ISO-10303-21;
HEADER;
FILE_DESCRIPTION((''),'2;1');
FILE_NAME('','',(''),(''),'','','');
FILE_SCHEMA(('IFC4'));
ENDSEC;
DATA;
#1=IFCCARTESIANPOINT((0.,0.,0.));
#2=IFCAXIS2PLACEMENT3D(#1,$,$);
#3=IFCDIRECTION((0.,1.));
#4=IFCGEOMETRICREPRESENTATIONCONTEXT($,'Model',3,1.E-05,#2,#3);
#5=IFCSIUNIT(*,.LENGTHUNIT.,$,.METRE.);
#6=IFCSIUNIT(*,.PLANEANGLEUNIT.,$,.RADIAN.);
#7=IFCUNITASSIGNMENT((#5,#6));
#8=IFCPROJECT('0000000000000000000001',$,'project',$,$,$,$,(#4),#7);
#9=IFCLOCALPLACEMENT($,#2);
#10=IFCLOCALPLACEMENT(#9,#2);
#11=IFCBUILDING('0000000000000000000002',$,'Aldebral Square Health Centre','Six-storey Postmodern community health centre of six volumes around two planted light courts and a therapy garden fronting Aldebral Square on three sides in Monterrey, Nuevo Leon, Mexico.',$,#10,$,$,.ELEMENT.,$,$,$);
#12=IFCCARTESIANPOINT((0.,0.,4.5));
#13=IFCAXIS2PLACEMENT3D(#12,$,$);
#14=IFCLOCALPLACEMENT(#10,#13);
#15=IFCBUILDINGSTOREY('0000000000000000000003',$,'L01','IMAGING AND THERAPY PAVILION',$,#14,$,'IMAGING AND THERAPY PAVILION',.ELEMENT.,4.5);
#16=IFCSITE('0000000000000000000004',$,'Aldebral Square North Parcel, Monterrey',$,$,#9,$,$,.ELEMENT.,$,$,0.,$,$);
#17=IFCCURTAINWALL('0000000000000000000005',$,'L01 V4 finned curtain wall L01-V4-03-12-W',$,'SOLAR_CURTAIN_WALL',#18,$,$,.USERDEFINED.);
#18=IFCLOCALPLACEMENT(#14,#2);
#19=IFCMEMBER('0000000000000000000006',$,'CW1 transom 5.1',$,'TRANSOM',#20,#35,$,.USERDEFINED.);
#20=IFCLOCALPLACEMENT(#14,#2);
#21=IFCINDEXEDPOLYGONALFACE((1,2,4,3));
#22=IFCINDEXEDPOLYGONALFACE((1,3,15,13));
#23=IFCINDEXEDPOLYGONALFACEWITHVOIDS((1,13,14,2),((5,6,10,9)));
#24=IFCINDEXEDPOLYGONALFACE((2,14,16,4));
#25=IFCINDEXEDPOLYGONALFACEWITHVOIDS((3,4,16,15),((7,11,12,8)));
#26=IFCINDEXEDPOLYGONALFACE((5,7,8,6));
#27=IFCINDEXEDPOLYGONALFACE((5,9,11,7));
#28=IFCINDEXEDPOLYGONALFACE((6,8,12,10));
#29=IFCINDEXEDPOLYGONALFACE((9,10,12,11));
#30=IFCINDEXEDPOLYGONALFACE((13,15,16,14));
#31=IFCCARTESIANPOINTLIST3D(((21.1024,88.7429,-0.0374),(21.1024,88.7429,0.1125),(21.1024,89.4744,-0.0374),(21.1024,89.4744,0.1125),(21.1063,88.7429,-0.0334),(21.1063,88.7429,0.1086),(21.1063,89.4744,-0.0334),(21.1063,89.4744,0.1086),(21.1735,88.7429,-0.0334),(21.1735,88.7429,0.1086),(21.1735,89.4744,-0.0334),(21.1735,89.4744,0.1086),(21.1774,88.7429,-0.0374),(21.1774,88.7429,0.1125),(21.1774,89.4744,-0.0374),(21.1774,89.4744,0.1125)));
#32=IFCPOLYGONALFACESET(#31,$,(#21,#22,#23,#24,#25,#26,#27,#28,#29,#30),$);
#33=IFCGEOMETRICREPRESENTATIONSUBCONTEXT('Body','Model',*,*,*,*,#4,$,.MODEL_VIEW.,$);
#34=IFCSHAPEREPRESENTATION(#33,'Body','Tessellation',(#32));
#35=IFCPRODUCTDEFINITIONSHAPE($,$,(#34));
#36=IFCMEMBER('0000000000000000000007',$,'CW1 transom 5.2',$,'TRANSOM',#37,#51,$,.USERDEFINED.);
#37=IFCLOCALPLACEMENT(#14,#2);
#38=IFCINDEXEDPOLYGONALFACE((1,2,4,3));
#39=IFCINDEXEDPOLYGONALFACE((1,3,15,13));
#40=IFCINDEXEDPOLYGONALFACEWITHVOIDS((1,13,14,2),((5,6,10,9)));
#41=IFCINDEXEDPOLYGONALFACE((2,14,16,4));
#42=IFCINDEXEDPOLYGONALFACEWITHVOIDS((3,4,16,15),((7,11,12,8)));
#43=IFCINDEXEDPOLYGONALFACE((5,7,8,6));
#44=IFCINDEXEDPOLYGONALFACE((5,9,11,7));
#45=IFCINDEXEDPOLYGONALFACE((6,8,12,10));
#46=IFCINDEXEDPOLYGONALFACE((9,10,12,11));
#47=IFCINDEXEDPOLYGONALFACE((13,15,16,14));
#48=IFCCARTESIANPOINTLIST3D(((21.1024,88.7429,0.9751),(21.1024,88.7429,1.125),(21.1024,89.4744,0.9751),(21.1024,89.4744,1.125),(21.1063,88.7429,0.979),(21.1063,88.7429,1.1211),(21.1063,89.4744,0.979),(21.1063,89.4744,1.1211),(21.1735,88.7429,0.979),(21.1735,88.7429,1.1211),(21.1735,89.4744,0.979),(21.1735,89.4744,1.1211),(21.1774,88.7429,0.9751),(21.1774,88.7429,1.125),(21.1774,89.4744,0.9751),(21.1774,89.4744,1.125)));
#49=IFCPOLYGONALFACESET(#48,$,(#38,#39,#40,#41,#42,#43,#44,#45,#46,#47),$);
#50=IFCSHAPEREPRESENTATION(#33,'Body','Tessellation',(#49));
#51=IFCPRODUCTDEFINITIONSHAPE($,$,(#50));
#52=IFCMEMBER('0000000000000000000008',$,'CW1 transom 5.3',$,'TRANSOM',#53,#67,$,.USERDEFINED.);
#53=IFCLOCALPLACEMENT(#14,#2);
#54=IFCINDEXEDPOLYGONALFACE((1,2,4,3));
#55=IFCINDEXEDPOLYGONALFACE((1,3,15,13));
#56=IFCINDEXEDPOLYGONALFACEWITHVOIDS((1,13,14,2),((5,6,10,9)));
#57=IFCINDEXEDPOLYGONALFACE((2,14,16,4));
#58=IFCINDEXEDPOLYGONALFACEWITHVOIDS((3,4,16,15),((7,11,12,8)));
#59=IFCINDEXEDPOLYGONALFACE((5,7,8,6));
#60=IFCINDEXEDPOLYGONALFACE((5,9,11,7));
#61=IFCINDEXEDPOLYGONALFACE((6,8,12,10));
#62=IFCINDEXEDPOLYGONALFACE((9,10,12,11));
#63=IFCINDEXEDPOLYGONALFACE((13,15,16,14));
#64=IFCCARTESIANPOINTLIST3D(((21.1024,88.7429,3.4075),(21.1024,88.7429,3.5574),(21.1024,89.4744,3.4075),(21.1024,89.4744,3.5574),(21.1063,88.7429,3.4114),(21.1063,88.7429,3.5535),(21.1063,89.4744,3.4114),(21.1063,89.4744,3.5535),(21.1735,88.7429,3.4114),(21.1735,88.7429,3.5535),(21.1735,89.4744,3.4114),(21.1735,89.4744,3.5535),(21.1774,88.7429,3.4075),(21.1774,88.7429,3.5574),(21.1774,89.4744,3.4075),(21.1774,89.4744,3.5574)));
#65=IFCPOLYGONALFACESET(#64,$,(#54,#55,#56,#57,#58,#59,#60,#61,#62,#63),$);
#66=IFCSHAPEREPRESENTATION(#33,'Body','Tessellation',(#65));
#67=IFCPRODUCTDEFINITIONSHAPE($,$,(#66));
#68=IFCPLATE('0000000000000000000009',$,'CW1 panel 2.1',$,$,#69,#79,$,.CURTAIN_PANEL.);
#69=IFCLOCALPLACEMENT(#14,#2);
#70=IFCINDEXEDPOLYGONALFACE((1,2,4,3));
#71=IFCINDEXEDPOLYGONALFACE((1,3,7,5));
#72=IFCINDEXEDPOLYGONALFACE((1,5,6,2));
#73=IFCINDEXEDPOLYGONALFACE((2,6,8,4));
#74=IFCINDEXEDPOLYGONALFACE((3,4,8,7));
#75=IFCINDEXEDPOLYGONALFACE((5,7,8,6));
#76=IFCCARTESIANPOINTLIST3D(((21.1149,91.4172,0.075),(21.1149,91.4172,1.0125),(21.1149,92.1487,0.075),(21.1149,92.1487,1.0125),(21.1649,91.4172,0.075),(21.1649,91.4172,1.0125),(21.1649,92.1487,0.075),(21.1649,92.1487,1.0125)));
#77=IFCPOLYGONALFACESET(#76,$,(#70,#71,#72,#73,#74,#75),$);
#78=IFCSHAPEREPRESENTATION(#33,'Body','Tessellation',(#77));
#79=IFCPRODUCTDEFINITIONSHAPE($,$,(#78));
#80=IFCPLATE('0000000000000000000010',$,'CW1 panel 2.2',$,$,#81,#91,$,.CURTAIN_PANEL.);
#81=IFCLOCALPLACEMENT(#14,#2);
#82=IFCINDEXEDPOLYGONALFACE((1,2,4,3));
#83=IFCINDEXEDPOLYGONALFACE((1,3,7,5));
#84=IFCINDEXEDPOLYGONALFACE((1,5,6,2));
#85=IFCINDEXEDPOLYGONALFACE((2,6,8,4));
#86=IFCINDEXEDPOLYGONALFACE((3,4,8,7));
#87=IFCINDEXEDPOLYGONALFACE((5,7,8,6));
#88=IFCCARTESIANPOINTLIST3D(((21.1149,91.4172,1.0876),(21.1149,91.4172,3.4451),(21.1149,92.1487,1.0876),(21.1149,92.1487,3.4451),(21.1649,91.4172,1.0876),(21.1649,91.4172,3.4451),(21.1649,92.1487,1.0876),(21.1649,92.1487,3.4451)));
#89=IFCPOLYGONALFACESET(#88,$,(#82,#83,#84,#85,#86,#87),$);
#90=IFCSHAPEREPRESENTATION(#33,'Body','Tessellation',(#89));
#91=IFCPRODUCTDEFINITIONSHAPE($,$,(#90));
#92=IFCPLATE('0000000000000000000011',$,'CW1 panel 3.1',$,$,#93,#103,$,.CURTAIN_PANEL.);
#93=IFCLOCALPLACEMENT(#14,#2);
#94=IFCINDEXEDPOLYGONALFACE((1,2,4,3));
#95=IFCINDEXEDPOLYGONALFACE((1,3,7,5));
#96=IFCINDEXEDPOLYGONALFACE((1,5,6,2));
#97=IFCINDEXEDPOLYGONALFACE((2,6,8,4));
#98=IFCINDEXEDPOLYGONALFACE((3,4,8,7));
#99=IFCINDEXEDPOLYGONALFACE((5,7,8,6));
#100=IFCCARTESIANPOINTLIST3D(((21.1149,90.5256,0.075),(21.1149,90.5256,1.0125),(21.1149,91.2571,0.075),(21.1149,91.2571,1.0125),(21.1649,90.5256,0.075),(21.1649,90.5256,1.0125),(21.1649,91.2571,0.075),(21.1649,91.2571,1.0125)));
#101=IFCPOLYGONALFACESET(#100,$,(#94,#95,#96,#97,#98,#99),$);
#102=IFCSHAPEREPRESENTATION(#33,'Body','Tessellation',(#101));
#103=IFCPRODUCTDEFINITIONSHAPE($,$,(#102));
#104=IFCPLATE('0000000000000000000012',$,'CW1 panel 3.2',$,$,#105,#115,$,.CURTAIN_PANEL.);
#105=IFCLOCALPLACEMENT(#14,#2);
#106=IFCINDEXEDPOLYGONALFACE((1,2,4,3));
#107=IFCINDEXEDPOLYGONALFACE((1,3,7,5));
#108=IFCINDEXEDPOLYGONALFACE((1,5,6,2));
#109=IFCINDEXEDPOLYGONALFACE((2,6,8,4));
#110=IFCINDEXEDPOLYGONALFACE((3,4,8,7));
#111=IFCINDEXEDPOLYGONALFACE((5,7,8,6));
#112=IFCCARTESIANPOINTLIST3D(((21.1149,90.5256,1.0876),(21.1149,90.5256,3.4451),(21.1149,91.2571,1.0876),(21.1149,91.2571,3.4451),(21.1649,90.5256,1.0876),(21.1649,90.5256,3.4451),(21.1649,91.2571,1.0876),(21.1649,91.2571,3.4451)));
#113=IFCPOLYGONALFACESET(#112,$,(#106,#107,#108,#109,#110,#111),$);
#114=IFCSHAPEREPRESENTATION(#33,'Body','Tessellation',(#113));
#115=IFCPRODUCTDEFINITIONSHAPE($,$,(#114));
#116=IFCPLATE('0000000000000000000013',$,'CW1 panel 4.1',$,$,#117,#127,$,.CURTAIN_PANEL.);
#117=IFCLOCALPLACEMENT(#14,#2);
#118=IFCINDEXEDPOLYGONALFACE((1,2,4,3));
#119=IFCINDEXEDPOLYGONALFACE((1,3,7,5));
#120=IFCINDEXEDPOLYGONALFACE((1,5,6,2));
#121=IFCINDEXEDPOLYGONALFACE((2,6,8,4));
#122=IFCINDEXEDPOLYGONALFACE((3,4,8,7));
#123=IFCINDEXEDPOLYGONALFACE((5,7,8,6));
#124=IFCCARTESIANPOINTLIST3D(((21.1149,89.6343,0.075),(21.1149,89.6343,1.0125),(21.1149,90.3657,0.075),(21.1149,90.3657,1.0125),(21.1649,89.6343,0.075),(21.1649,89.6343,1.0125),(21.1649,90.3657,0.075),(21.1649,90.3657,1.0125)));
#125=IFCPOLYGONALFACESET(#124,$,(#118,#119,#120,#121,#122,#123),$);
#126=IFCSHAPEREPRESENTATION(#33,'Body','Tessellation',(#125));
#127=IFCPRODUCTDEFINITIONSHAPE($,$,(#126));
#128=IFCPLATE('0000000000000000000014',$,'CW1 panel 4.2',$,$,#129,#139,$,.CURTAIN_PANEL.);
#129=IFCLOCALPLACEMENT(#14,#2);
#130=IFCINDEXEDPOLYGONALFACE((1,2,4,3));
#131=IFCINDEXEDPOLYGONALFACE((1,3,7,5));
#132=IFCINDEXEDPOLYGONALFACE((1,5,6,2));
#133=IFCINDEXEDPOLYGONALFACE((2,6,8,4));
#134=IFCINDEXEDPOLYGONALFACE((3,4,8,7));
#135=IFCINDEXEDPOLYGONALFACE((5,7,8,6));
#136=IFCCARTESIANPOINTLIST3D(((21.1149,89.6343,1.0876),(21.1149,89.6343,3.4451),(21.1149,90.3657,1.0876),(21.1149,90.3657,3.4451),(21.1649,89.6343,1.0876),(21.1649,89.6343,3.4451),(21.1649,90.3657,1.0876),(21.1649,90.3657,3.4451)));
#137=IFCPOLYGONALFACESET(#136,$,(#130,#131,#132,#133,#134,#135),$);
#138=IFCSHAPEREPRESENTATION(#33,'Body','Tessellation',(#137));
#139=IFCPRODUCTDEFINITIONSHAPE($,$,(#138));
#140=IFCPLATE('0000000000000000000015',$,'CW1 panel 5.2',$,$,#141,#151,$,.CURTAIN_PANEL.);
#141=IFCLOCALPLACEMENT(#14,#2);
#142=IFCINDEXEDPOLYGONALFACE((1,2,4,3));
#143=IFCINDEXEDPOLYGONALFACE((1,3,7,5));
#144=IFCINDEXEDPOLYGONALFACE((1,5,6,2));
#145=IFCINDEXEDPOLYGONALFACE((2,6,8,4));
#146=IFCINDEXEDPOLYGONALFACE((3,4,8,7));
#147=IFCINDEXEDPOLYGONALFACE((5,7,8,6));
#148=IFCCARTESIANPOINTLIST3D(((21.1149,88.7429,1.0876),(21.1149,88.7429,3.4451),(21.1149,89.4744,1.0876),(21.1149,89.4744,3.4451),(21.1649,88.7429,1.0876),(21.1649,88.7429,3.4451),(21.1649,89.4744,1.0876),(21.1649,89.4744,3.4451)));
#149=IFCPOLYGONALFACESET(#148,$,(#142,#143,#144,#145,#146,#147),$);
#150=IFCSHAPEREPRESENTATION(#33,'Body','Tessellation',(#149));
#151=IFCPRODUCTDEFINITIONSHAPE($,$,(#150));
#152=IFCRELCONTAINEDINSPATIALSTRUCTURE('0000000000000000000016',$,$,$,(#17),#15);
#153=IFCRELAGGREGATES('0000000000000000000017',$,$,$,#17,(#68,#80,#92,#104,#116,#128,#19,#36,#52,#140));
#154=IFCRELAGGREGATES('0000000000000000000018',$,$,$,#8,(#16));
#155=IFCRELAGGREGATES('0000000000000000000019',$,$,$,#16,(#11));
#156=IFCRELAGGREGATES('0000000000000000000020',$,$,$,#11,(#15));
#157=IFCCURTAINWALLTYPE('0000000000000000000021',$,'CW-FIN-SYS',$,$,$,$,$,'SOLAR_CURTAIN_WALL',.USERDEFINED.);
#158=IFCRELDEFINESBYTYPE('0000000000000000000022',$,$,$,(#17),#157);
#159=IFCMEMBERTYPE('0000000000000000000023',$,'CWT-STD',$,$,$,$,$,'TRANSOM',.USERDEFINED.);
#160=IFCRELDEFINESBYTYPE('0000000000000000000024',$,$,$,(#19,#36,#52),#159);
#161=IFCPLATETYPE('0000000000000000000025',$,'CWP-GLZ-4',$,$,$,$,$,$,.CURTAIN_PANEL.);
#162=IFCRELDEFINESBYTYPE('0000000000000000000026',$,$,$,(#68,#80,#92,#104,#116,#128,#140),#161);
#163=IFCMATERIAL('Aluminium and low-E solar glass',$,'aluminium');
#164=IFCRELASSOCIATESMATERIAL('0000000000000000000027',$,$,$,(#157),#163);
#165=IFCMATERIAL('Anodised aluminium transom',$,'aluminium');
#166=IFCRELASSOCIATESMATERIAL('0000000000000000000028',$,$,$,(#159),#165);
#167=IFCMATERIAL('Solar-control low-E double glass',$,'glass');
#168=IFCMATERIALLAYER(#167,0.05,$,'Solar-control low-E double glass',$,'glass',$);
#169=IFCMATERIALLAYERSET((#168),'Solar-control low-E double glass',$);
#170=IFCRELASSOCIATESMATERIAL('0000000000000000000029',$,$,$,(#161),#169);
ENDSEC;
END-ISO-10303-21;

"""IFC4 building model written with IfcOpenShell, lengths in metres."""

from ifc_helpers import new_model, si_unit, direction, frame, origin, origin_2d, place, context, subcontext, project, spatial, rectangle, hollow_rectangle, extrude, material, layer, layer_set, material_profile, profile_set, type_object, element, aggregate, save


model = new_model("IFC4")

# Units and contexts
model_context = context("Model", 3, precision=1e-05, world=origin(), true_north=direction((0.0, 1.0)))
body_context = subcontext(model_context, "Body", "Model", "MODEL_VIEW")
ifc_project = project(units=[si_unit("LENGTHUNIT", "METRE"), si_unit("PLANEANGLEUNIT", "RADIAN")], contexts=[model_context])

# Site, building, storey
site_placement = place(None, origin())
site = spatial("IfcSite", under=ifc_project, at=site_placement, Name="Aldebral Square North Parcel, Monterrey", CompositionType="ELEMENT", RefElevation=0.0)
building_placement = place(site_placement, origin())
building = spatial("IfcBuilding", under=site, at=building_placement, Name="Aldebral Square Health Centre", Description="Six-storey Postmodern community health centre of six volumes around two planted light courts and a therapy garden fronting Aldebral Square on three sides in Monterrey, Nuevo Leon, Mexico.", CompositionType="ELEMENT")
storey_placement = place(building_placement, frame((0.0, 0.0, 4.5)))
storey = spatial("IfcBuildingStorey", under=building, at=storey_placement, Name="L01", Description="IMAGING AND THERAPY PAVILION", LongName="IMAGING AND THERAPY PAVILION", CompositionType="ELEMENT", Elevation=4.5)

# Curtain wall, members, plates
ifc_material_1 = material(Name="Aluminium and low-E solar glass", Category="aluminium")
curtain_wall_type = type_object("IfcCurtainWallType", Name="CW-FIN-SYS", ElementType="SOLAR_CURTAIN_WALL", PredefinedType="USERDEFINED", material=ifc_material_1)
curtain_wall_placement = place(storey_placement, origin())
curtain_wall = element("IfcCurtainWall", 1, at=curtain_wall_placement, inside=storey, type_object=curtain_wall_type, Name="L01 V4 finned curtain wall L01-V4-03-12-W", ObjectType="SOLAR_CURTAIN_WALL", PredefinedType="USERDEFINED")
ifc_material_2 = material(Name="Anodised aluminium transom", Category="aluminium")
ifc_material_profile_1 = material_profile(ifc_material_2, hollow_rectangle(XDim=0.075, YDim=0.1499, WallThickness=0.0039, at=origin_2d()), Name="CWT 75x150x4")
ifc_profile_set_1 = profile_set([ifc_material_profile_1], Name="Anodised aluminium transom")
member_type_1 = type_object("IfcMemberType", Name="CWT-STD", ElementType="TRANSOM", PredefinedType="USERDEFINED", material=ifc_profile_set_1)
member_1_placement = place(storey_placement, frame((21.1399, 89.4744, 0.0376), z_axis=(0.0, -1.0, 0.0), x_axis=(1.0, 0.0, 0.0)))
member_1 = element("IfcMember", 2, at=member_1_placement, type_object=member_type_1, Name="CW1 transom 5.1", ObjectType="TRANSOM", PredefinedType="USERDEFINED", context=body_context, shape_type="SweptSolid", body=[
    extrude(hollow_rectangle(XDim=0.075, YDim=0.1499, WallThickness=0.0039, at=origin_2d()), origin(), (0.0, 0.0, 1.0), 0.7314),
])
member_2_placement = place(storey_placement, frame((21.1399, 89.4744, 1.05), z_axis=(0.0, -1.0, 0.0), x_axis=(1.0, 0.0, 0.0)))
member_2 = element("IfcMember", 3, at=member_2_placement, type_object=member_type_1, Name="CW1 transom 5.2", ObjectType="TRANSOM", PredefinedType="USERDEFINED", context=body_context, shape_type="SweptSolid", body=[
    extrude(hollow_rectangle(XDim=0.075, YDim=0.1499, WallThickness=0.0039, at=origin_2d()), origin(), (0.0, 0.0, 1.0), 0.7314),
])
member_3_placement = place(storey_placement, frame((21.1399, 89.4744, 3.4824), z_axis=(0.0, -1.0, 0.0), x_axis=(1.0, 0.0, 0.0)))
member_3 = element("IfcMember", 4, at=member_3_placement, type_object=member_type_1, Name="CW1 transom 5.3", ObjectType="TRANSOM", PredefinedType="USERDEFINED", context=body_context, shape_type="SweptSolid", body=[
    extrude(hollow_rectangle(XDim=0.075, YDim=0.1499, WallThickness=0.0039, at=origin_2d()), origin(), (0.0, 0.0, 1.0), 0.7314),
])
ifc_material_3 = material(Name="Solar-control low-E double glass", Category="glass")
ifc_layer = layer(ifc_material_3, 0.05, Name="Solar-control low-E double glass", Category="glass")
ifc_layer_set = layer_set([ifc_layer], Name="Solar-control low-E double glass")
plate_type = type_object("IfcPlateType", Name="CWP-GLZ-4", PredefinedType="CURTAIN_PANEL", material=ifc_layer_set)
plate_1_placement = place(storey_placement, frame((21.1399, 91.783, 0.075), z_axis=(0.0, 0.0, 1.0), x_axis=(0.0, -1.0, 0.0)))
plate_1 = element("IfcPlate", 5, at=plate_1_placement, type_object=plate_type, Name="CW1 panel 2.1", PredefinedType="CURTAIN_PANEL", context=body_context, shape_type="SweptSolid", body=[
    extrude(rectangle(XDim=0.7314, YDim=0.05, at=origin_2d()), origin(), (0.0, 0.0, 1.0), 0.9375),
])
plate_2_placement = place(storey_placement, frame((21.1399, 91.783, 1.0876), z_axis=(0.0, 0.0, 1.0), x_axis=(0.0, -1.0, 0.0)))
plate_2 = element("IfcPlate", 6, at=plate_2_placement, type_object=plate_type, Name="CW1 panel 2.2", PredefinedType="CURTAIN_PANEL", context=body_context, shape_type="SweptSolid", body=[
    extrude(rectangle(XDim=0.7314, YDim=0.05, at=origin_2d()), origin(), (0.0, 0.0, 1.0), 2.3574),
])
plate_3_placement = place(storey_placement, frame((21.1399, 90.8914, 0.075), z_axis=(0.0, 0.0, 1.0), x_axis=(0.0, -1.0, 0.0)))
plate_3 = element("IfcPlate", 7, at=plate_3_placement, type_object=plate_type, Name="CW1 panel 3.1", PredefinedType="CURTAIN_PANEL", context=body_context, shape_type="SweptSolid", body=[
    extrude(rectangle(XDim=0.7314, YDim=0.05, at=origin_2d()), origin(), (0.0, 0.0, 1.0), 0.9375),
])
plate_4_placement = place(storey_placement, frame((21.1399, 90.8914, 1.0876), z_axis=(0.0, 0.0, 1.0), x_axis=(0.0, -1.0, 0.0)))
plate_4 = element("IfcPlate", 8, at=plate_4_placement, type_object=plate_type, Name="CW1 panel 3.2", PredefinedType="CURTAIN_PANEL", context=body_context, shape_type="SweptSolid", body=[
    extrude(rectangle(XDim=0.7314, YDim=0.05, at=origin_2d()), origin(), (0.0, 0.0, 1.0), 2.3574),
])
plate_5_placement = place(storey_placement, frame((21.1399, 90.0, 0.075), z_axis=(0.0, 0.0, 1.0), x_axis=(0.0, -1.0, 0.0)))
plate_5 = element("IfcPlate", 9, at=plate_5_placement, type_object=plate_type, Name="CW1 panel 4.1", PredefinedType="CURTAIN_PANEL", context=body_context, shape_type="SweptSolid", body=[
    extrude(rectangle(XDim=0.7314, YDim=0.05, at=origin_2d()), origin(), (0.0, 0.0, 1.0), 0.9375),
])
plate_6_placement = place(storey_placement, frame((21.1399, 90.0, 1.0876), z_axis=(0.0, 0.0, 1.0), x_axis=(0.0, -1.0, 0.0)))
plate_6 = element("IfcPlate", 10, at=plate_6_placement, type_object=plate_type, Name="CW1 panel 4.2", PredefinedType="CURTAIN_PANEL", context=body_context, shape_type="SweptSolid", body=[
    extrude(rectangle(XDim=0.7314, YDim=0.05, at=origin_2d()), origin(), (0.0, 0.0, 1.0), 2.3574),
])
plate_7_placement = place(storey_placement, frame((21.1399, 89.1086, 1.0876), z_axis=(0.0, 0.0, 1.0), x_axis=(0.0, -1.0, 0.0)))
plate_7 = element("IfcPlate", 11, at=plate_7_placement, type_object=plate_type, Name="CW1 panel 5.2", PredefinedType="CURTAIN_PANEL", context=body_context, shape_type="SweptSolid", body=[
    extrude(rectangle(XDim=0.7314, YDim=0.05, at=origin_2d()), origin(), (0.0, 0.0, 1.0), 2.3574),
])
aggregate(curtain_wall, [plate_1, plate_2, plate_3, plate_4, plate_5, plate_6, member_1, member_2, member_3, plate_7])

save(model, "model.ifc")
